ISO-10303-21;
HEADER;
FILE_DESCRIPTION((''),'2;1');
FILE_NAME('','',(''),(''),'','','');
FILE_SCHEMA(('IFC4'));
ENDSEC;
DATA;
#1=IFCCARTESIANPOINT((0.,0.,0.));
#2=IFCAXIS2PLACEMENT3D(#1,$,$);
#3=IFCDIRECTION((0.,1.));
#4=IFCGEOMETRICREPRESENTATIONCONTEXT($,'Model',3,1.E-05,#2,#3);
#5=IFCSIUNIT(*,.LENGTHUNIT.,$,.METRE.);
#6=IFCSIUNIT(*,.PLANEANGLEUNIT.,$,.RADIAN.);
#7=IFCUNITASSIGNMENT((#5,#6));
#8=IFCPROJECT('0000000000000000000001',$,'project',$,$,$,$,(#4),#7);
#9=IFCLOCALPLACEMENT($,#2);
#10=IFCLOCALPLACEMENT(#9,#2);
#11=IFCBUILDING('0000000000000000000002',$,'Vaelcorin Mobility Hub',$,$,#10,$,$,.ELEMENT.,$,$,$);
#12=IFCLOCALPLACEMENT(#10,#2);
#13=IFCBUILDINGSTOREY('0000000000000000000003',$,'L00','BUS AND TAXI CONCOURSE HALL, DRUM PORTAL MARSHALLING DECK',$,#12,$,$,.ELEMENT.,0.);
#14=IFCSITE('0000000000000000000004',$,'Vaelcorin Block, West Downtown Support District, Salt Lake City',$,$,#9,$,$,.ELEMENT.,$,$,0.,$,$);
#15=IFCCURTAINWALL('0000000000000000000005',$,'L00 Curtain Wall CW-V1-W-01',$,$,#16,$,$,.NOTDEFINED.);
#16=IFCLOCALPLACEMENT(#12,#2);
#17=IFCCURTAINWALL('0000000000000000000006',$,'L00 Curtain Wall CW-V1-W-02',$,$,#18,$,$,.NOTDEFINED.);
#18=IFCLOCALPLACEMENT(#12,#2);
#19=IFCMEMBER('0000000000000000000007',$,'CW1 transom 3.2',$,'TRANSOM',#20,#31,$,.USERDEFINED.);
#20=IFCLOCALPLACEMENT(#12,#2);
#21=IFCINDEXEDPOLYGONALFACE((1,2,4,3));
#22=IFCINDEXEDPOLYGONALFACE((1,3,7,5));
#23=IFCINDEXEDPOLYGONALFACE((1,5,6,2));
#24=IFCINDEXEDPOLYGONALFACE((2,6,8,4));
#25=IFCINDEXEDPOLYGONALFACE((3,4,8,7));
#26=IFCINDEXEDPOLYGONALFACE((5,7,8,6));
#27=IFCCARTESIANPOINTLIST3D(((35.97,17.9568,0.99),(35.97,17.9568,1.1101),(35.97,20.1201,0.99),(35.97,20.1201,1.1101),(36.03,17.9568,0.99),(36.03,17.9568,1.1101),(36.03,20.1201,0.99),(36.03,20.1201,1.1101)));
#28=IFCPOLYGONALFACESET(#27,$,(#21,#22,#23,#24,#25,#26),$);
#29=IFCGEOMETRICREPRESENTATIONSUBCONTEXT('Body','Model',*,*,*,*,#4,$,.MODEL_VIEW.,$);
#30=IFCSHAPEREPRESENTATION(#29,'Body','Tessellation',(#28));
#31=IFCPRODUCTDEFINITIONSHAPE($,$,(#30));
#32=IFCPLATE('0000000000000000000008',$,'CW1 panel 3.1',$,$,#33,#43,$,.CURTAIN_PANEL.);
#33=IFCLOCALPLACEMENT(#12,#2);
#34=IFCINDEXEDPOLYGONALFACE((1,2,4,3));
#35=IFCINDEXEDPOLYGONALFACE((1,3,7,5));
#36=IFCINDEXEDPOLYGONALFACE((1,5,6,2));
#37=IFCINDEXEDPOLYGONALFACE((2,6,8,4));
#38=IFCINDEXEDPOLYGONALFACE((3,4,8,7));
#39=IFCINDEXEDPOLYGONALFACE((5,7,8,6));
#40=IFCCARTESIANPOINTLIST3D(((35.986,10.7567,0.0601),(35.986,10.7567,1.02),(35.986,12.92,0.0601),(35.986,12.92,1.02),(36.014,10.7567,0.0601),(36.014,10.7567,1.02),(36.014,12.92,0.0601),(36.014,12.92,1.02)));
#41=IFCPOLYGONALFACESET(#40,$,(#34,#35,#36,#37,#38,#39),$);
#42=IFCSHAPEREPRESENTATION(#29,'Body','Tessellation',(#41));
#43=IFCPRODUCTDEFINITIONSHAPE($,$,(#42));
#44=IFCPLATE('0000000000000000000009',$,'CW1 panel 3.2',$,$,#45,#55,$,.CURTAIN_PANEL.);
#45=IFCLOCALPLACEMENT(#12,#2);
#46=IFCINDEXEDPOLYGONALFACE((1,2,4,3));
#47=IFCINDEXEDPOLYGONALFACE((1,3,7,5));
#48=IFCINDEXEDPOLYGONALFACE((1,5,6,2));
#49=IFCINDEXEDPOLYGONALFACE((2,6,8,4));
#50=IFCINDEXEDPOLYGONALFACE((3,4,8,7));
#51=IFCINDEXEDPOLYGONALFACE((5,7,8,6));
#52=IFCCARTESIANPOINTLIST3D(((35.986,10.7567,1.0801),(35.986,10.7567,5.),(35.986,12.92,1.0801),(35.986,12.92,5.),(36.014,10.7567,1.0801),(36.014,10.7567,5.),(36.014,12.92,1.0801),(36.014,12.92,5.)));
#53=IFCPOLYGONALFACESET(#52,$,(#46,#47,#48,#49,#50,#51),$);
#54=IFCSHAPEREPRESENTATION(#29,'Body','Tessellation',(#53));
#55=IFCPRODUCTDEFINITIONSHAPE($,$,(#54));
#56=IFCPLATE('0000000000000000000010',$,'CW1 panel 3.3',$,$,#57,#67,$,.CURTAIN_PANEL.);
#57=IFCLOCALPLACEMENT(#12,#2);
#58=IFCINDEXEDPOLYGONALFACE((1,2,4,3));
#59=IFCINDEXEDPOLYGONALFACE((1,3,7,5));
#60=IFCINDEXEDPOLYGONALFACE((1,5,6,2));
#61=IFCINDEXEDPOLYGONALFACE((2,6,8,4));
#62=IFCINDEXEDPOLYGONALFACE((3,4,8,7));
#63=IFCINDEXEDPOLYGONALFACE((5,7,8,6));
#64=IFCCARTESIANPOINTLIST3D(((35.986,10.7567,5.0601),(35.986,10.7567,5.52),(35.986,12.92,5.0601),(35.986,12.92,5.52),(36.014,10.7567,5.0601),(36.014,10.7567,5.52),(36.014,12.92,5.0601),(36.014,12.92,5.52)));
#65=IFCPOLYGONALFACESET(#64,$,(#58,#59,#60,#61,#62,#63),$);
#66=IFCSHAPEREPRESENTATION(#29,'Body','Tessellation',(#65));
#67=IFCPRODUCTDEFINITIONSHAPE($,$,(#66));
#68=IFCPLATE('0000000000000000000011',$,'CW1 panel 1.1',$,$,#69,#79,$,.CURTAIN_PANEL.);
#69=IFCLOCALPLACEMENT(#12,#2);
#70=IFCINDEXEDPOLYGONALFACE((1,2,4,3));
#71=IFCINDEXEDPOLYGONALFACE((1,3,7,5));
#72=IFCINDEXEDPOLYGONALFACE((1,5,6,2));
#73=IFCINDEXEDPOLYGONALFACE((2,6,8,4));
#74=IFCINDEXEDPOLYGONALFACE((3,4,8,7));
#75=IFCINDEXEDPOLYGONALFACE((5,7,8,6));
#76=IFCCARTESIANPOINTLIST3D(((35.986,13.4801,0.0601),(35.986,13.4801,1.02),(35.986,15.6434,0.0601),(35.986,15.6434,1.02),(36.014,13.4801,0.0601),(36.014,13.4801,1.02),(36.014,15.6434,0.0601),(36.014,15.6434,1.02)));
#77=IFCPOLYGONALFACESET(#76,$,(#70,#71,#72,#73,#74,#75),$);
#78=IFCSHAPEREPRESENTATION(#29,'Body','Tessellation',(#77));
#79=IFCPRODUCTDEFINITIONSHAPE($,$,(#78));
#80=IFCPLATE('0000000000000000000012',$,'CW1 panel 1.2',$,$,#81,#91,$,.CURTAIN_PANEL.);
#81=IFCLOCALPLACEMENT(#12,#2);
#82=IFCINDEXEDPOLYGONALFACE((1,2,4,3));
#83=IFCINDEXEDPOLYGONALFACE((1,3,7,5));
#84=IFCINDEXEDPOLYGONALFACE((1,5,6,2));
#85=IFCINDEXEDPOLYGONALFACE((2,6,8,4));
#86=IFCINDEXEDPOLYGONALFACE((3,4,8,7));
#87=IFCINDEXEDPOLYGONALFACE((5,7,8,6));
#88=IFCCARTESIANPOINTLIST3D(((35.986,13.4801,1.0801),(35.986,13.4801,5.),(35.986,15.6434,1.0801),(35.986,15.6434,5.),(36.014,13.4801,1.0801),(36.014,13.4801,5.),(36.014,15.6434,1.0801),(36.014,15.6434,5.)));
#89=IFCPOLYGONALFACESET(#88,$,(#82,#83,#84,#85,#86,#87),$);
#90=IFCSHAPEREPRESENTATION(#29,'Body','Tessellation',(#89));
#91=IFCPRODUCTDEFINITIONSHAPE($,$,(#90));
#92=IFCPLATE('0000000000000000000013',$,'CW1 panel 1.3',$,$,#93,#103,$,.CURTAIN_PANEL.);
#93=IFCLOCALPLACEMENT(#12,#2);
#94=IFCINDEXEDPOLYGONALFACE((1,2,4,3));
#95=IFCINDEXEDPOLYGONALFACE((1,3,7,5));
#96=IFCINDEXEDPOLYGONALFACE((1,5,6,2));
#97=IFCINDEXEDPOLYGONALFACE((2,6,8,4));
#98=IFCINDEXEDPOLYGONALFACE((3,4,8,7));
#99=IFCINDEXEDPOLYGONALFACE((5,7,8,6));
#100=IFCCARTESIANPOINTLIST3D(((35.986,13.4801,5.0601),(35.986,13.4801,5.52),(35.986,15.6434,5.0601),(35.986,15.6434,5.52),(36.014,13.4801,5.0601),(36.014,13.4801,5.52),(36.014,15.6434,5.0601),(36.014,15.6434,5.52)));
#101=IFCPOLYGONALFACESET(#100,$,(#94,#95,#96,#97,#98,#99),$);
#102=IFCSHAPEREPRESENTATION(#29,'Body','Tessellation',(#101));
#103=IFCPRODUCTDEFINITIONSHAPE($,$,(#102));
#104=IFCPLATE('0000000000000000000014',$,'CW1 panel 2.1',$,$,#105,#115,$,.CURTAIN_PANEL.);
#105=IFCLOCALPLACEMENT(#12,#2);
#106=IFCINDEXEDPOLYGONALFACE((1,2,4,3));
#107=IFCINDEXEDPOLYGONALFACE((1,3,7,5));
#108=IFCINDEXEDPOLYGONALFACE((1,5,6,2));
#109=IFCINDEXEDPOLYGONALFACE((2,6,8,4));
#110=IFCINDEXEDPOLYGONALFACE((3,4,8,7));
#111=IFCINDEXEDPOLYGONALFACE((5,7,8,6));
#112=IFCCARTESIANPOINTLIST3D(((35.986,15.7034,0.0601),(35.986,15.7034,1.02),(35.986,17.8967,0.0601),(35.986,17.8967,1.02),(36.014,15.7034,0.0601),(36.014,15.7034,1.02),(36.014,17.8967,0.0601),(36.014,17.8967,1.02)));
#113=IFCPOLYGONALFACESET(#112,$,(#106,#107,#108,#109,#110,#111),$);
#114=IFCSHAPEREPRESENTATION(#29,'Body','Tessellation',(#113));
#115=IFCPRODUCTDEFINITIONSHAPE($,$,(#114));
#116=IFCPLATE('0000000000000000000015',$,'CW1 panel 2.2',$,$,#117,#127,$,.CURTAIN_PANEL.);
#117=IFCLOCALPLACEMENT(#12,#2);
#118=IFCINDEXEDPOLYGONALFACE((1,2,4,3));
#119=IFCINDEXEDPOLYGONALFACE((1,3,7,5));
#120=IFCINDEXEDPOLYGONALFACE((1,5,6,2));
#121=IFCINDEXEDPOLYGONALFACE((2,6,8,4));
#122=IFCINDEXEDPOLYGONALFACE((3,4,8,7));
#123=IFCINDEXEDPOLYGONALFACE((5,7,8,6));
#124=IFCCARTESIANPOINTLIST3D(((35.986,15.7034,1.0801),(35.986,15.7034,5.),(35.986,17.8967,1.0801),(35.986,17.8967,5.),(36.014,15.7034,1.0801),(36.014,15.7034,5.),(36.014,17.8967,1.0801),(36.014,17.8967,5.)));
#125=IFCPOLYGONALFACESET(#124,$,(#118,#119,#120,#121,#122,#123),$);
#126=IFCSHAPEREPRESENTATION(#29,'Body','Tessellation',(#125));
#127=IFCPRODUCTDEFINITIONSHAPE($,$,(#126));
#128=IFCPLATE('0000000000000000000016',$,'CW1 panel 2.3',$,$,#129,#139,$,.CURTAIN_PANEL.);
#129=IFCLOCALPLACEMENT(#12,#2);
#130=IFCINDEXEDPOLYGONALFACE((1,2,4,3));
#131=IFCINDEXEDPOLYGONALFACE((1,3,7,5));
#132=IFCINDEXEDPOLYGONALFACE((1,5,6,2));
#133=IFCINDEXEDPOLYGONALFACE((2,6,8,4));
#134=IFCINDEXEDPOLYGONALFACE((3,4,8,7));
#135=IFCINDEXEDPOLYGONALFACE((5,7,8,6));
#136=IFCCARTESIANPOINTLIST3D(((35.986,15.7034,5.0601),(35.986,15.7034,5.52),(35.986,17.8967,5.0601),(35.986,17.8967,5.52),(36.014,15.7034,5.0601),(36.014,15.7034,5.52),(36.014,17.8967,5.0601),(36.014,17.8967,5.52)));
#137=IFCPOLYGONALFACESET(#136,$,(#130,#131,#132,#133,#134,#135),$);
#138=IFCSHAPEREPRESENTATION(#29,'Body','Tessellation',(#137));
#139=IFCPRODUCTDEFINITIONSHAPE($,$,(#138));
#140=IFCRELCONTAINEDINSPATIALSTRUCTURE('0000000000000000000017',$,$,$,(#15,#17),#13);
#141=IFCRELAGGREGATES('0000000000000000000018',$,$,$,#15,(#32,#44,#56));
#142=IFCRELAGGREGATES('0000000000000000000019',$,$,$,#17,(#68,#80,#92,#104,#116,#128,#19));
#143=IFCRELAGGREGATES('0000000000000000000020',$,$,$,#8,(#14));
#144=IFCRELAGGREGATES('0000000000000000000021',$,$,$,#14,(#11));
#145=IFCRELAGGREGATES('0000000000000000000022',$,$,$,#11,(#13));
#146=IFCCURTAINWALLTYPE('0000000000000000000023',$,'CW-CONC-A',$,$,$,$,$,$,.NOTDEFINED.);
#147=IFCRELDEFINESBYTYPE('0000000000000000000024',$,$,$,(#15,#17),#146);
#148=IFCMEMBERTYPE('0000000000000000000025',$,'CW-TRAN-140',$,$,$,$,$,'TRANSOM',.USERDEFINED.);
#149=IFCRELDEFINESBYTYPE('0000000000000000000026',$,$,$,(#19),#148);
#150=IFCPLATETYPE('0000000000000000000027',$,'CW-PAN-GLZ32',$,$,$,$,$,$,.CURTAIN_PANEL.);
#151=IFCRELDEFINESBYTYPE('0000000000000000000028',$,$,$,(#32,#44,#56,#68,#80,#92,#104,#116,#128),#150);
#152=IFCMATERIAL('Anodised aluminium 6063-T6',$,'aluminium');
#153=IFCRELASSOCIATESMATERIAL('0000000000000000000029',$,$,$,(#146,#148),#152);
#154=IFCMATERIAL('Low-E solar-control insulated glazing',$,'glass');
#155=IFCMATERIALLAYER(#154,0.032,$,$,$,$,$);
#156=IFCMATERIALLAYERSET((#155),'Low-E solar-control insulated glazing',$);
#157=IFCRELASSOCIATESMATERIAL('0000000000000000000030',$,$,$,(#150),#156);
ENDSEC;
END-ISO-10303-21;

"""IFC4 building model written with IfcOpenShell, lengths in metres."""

from ifc_helpers import new_model, si_unit, direction, frame, origin, origin_2d, place, context, subcontext, project, spatial, rectangle, extrude, material, layer, layer_set, material_profile, profile_set, type_object, element, aggregate, save


model = new_model("IFC4")

# Units and contexts
model_context = context("Model", 3, precision=1e-05, world=origin(), true_north=direction((0.0, 1.0)))
body_context = subcontext(model_context, "Body", "Model", "MODEL_VIEW")
ifc_project = project(units=[si_unit("LENGTHUNIT", "METRE"), si_unit("PLANEANGLEUNIT", "RADIAN")], contexts=[model_context])

# Site, building, storey
site_placement = place(None, origin())
site = spatial("IfcSite", under=ifc_project, at=site_placement, Name="Vaelcorin Block, West Downtown Support District, Salt Lake City", CompositionType="ELEMENT", RefElevation=0.0)
building_placement = place(site_placement, origin())
building = spatial("IfcBuilding", under=site, at=building_placement, Name="Vaelcorin Mobility Hub", CompositionType="ELEMENT")
storey_placement = place(building_placement, origin())
storey = spatial("IfcBuildingStorey", under=building, at=storey_placement, Name="L00", Description="BUS AND TAXI CONCOURSE HALL, DRUM PORTAL MARSHALLING DECK", CompositionType="ELEMENT", Elevation=0.0)

# Curtain wall
ifc_material_1 = material(Name="Anodised aluminium 6063-T6", Category="aluminium")
curtain_wall_type = type_object("IfcCurtainWallType", Name="CW-CONC-A", PredefinedType="NOTDEFINED", material=ifc_material_1)
curtain_wall_1_placement = place(storey_placement, origin())
curtain_wall_1 = element("IfcCurtainWall", 1, at=curtain_wall_1_placement, inside=storey, type_object=curtain_wall_type, Name="L00 Curtain Wall CW-V1-W-01", PredefinedType="NOTDEFINED")

# Curtain wall
curtain_wall_2_placement = place(storey_placement, origin())
curtain_wall_2 = element("IfcCurtainWall", 2, at=curtain_wall_2_placement, inside=storey, type_object=curtain_wall_type, Name="L00 Curtain Wall CW-V1-W-02", PredefinedType="NOTDEFINED")

# Member
ifc_material_profile_1 = material_profile(ifc_material_1, rectangle(XDim=0.0601, YDim=0.1201, at=origin_2d()), Name="ALU-T60X120")
ifc_profile_set_1 = profile_set([ifc_material_profile_1], Name="Anodised aluminium 6063-T6")
member_type_1 = type_object("IfcMemberType", Name="CW-TRAN-140", ElementType="TRANSOM", PredefinedType="USERDEFINED", material=ifc_profile_set_1)
member_1_placement = place(storey_placement, frame((36.0, 17.9568, 1.05), z_axis=(0.0, 1.0, 0.0), x_axis=(-1.0, 0.0, 0.0)))
member_1 = element("IfcMember", 3, at=member_1_placement, type_object=member_type_1, Name="CW1 transom 3.2", ObjectType="TRANSOM", PredefinedType="USERDEFINED", context=body_context, shape_type="SweptSolid", body=[
    extrude(rectangle(XDim=0.0601, YDim=0.1201, at=origin_2d()), origin(), (0.0, 0.0, 1.0), 2.1633),
])

# Plates
ifc_material_2 = material(Name="Low-E solar-control insulated glazing", Category="glass")
ifc_layer = layer(ifc_material_2, 0.032)
ifc_layer_set = layer_set([ifc_layer], Name="Low-E solar-control insulated glazing")
plate_type = type_object("IfcPlateType", Name="CW-PAN-GLZ32", PredefinedType="CURTAIN_PANEL", material=ifc_layer_set)
plate_1_placement = place(storey_placement, frame((36.0, 11.8384, 0.0601), z_axis=(0.0, 0.0, 1.0), x_axis=(0.0, 1.0, 0.0)))
plate_1 = element("IfcPlate", 4, at=plate_1_placement, type_object=plate_type, Name="CW1 panel 3.1", PredefinedType="CURTAIN_PANEL", context=body_context, shape_type="SweptSolid", body=[
    extrude(rectangle(XDim=2.1633, YDim=0.0281, at=origin_2d()), origin(), (0.0, 0.0, 1.0), 0.96),
])
plate_2_placement = place(storey_placement, frame((36.0, 11.8384, 1.0801), z_axis=(0.0, 0.0, 1.0), x_axis=(0.0, 1.0, 0.0)))
plate_2 = element("IfcPlate", 5, at=plate_2_placement, type_object=plate_type, Name="CW1 panel 3.2", PredefinedType="CURTAIN_PANEL", context=body_context, shape_type="SweptSolid", body=[
    extrude(rectangle(XDim=2.1633, YDim=0.0281, at=origin_2d()), origin(), (0.0, 0.0, 1.0), 3.9199),
])
plate_3_placement = place(storey_placement, frame((36.0, 11.8384, 5.0601), z_axis=(0.0, 0.0, 1.0), x_axis=(0.0, 1.0, 0.0)))
plate_3 = element("IfcPlate", 6, at=plate_3_placement, type_object=plate_type, Name="CW1 panel 3.3", PredefinedType="CURTAIN_PANEL", context=body_context, shape_type="SweptSolid", body=[
    extrude(rectangle(XDim=2.1633, YDim=0.0281, at=origin_2d()), origin(), (0.0, 0.0, 1.0), 0.46),
])
aggregate(curtain_wall_1, [plate_1, plate_2, plate_3])
plate_4_placement = place(storey_placement, frame((36.0, 14.5618, 0.0601), z_axis=(0.0, 0.0, 1.0), x_axis=(0.0, 1.0, 0.0)))
plate_4 = element("IfcPlate", 7, at=plate_4_placement, type_object=plate_type, Name="CW1 panel 1.1", PredefinedType="CURTAIN_PANEL", context=body_context, shape_type="SweptSolid", body=[
    extrude(rectangle(XDim=2.1633, YDim=0.0281, at=origin_2d()), origin(), (0.0, 0.0, 1.0), 0.96),
])
plate_5_placement = place(storey_placement, frame((36.0, 14.5618, 1.0801), z_axis=(0.0, 0.0, 1.0), x_axis=(0.0, 1.0, 0.0)))
plate_5 = element("IfcPlate", 8, at=plate_5_placement, type_object=plate_type, Name="CW1 panel 1.2", PredefinedType="CURTAIN_PANEL", context=body_context, shape_type="SweptSolid", body=[
    extrude(rectangle(XDim=2.1633, YDim=0.0281, at=origin_2d()), origin(), (0.0, 0.0, 1.0), 3.9199),
])
plate_6_placement = place(storey_placement, frame((36.0, 14.5618, 5.0601), z_axis=(0.0, 0.0, 1.0), x_axis=(0.0, 1.0, 0.0)))
plate_6 = element("IfcPlate", 9, at=plate_6_placement, type_object=plate_type, Name="CW1 panel 1.3", PredefinedType="CURTAIN_PANEL", context=body_context, shape_type="SweptSolid", body=[
    extrude(rectangle(XDim=2.1633, YDim=0.0281, at=origin_2d()), origin(), (0.0, 0.0, 1.0), 0.46),
])
plate_7_placement = place(storey_placement, frame((36.0, 16.8, 0.0601), z_axis=(0.0, 0.0, 1.0), x_axis=(0.0, 1.0, 0.0)))
plate_7 = element("IfcPlate", 10, at=plate_7_placement, type_object=plate_type, Name="CW1 panel 2.1", PredefinedType="CURTAIN_PANEL", context=body_context, shape_type="SweptSolid", body=[
    extrude(rectangle(XDim=2.1934, YDim=0.0281, at=origin_2d()), origin(), (0.0, 0.0, 1.0), 0.96),
])
plate_8_placement = place(storey_placement, frame((36.0, 16.8, 1.0801), z_axis=(0.0, 0.0, 1.0), x_axis=(0.0, 1.0, 0.0)))
plate_8 = element("IfcPlate", 11, at=plate_8_placement, type_object=plate_type, Name="CW1 panel 2.2", PredefinedType="CURTAIN_PANEL", context=body_context, shape_type="SweptSolid", body=[
    extrude(rectangle(XDim=2.1934, YDim=0.0281, at=origin_2d()), origin(), (0.0, 0.0, 1.0), 3.9199),
])
plate_9_placement = place(storey_placement, frame((36.0, 16.8, 5.0601), z_axis=(0.0, 0.0, 1.0), x_axis=(0.0, 1.0, 0.0)))
plate_9 = element("IfcPlate", 12, at=plate_9_placement, type_object=plate_type, Name="CW1 panel 2.3", PredefinedType="CURTAIN_PANEL", context=body_context, shape_type="SweptSolid", body=[
    extrude(rectangle(XDim=2.1934, YDim=0.0281, at=origin_2d()), origin(), (0.0, 0.0, 1.0), 0.46),
])
aggregate(curtain_wall_2, [plate_4, plate_5, plate_6, plate_7, plate_8, plate_9, member_1])

save(model, "model.ifc")
